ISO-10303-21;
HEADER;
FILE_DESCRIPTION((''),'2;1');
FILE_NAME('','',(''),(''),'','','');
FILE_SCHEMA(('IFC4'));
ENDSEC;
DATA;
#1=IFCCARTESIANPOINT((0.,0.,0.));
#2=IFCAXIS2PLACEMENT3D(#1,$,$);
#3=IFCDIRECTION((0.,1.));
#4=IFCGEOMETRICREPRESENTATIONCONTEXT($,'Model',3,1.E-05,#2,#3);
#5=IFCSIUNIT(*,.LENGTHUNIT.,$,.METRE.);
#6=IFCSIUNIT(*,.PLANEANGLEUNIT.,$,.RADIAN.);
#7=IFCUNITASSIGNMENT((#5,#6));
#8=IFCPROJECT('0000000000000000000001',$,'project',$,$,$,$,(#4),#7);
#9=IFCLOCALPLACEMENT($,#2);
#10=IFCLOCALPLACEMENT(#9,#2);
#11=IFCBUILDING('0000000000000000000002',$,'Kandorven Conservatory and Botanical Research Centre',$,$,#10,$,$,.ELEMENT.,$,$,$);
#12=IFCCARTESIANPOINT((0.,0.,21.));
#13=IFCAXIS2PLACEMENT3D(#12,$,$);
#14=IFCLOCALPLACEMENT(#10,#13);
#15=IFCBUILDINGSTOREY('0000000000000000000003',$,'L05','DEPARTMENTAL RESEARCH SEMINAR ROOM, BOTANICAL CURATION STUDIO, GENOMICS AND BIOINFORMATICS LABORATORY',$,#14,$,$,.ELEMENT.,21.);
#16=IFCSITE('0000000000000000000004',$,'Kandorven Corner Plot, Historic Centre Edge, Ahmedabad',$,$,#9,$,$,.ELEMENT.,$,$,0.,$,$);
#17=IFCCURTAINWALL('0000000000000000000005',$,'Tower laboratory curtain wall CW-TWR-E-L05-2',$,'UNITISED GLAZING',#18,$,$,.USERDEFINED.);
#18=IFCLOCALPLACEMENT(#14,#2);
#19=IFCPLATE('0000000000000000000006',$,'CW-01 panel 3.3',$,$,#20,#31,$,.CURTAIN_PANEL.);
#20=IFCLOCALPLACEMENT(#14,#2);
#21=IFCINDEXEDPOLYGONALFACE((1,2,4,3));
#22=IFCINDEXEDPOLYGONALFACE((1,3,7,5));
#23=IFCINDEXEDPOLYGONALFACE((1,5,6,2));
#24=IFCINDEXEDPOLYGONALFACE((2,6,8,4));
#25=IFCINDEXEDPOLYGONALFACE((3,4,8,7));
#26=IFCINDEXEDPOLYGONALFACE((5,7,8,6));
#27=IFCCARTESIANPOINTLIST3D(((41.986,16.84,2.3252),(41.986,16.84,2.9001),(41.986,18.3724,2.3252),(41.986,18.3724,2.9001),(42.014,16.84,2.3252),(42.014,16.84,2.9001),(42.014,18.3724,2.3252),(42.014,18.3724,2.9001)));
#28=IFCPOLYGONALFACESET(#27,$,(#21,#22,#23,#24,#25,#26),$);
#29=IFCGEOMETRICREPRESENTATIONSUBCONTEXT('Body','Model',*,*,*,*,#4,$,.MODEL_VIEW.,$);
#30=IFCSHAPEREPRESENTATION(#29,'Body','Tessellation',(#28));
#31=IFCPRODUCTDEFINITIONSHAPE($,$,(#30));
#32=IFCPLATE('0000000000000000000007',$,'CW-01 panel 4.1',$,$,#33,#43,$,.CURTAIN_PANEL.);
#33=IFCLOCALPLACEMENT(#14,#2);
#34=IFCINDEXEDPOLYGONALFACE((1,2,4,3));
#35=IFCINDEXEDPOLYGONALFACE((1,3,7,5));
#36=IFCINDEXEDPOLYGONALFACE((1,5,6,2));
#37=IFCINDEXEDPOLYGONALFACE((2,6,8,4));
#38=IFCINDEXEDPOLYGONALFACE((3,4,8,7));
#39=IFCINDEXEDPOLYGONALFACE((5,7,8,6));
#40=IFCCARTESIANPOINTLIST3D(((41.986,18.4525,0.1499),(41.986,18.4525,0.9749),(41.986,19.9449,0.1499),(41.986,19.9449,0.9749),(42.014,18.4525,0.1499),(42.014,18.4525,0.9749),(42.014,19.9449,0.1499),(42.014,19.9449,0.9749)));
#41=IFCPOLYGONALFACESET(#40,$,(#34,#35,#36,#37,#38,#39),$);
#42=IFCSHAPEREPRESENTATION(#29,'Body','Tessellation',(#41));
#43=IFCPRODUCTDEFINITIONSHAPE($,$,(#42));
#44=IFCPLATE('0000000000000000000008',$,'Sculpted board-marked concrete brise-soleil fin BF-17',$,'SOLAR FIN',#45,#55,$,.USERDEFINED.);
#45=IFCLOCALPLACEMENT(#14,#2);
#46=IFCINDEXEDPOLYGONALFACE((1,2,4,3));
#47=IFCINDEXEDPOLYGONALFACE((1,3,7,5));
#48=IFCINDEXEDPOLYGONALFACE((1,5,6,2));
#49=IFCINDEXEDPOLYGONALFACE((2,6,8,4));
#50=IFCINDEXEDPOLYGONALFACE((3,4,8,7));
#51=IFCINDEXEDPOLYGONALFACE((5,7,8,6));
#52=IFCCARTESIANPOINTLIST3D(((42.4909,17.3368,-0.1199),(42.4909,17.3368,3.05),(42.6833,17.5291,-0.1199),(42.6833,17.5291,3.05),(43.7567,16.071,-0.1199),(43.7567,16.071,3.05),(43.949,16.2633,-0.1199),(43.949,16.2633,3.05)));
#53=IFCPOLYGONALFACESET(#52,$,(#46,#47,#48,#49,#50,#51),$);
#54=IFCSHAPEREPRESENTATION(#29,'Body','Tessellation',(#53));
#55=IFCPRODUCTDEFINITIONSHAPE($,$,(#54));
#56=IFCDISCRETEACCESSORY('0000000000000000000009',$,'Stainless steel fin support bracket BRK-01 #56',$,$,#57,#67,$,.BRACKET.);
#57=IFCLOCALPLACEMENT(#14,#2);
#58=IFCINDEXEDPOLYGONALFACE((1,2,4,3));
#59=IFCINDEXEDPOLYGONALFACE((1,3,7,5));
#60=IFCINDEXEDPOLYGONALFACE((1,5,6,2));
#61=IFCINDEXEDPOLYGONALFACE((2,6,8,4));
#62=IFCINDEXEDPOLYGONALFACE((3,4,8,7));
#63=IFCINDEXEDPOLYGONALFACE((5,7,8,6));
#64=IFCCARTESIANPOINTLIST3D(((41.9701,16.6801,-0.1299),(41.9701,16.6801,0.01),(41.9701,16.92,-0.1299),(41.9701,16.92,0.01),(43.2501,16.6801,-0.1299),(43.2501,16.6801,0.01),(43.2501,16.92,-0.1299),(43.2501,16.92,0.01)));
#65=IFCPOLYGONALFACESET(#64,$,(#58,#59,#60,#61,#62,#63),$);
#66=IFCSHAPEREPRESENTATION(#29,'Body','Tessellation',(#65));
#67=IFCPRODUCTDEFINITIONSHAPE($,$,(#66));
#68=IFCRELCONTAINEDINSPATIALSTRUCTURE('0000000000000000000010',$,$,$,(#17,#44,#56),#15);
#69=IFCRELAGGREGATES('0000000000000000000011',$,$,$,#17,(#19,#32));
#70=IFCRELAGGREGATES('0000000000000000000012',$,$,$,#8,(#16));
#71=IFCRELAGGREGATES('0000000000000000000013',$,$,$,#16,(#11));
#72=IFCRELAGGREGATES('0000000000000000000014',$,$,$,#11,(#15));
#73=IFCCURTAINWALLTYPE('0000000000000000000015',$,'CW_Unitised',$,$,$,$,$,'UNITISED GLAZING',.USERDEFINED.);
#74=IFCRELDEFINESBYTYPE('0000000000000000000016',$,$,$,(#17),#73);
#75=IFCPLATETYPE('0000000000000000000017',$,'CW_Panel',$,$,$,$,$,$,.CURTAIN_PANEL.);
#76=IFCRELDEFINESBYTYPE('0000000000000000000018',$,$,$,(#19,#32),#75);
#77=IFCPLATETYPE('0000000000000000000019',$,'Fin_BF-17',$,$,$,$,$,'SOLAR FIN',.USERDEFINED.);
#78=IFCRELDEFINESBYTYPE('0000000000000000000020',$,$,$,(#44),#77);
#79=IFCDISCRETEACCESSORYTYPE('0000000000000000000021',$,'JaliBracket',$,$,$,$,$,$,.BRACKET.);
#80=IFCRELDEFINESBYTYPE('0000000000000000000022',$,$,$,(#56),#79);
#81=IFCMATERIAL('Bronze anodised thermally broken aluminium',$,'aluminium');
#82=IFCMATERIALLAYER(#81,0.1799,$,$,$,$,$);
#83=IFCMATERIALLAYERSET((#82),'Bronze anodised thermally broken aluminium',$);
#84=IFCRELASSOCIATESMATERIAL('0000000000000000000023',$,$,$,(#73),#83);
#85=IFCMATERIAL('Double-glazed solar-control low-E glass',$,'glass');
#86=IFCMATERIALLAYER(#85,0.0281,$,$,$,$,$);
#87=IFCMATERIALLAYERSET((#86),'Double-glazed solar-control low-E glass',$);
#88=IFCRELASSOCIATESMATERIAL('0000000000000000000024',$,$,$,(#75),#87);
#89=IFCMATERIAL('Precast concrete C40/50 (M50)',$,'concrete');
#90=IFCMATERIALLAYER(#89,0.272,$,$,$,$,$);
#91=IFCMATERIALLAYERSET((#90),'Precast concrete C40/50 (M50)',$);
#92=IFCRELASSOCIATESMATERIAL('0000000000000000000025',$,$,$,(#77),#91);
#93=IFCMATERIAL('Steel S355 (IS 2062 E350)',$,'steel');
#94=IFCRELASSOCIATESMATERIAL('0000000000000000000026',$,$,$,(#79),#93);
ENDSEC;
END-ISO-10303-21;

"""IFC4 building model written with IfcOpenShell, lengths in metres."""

from ifc_helpers import new_model, si_unit, direction, frame, origin, origin_2d, place, context, subcontext, project, spatial, rectangle, extrude, material, layer, layer_set, type_object, element, aggregate, save


model = new_model("IFC4")

# Units and contexts
model_context = context("Model", 3, precision=1e-05, world=origin(), true_north=direction((0.0, 1.0)))
body_context = subcontext(model_context, "Body", "Model", "MODEL_VIEW")
ifc_project = project(units=[si_unit("LENGTHUNIT", "METRE"), si_unit("PLANEANGLEUNIT", "RADIAN")], contexts=[model_context])

# Site, building, storey
site_placement = place(None, origin())
site = spatial("IfcSite", under=ifc_project, at=site_placement, Name="Kandorven Corner Plot, Historic Centre Edge, Ahmedabad", CompositionType="ELEMENT", RefElevation=0.0)
building_placement = place(site_placement, origin())
building = spatial("IfcBuilding", under=site, at=building_placement, Name="Kandorven Conservatory and Botanical Research Centre", CompositionType="ELEMENT")
storey_placement = place(building_placement, frame((0.0, 0.0, 21.0)))
storey = spatial("IfcBuildingStorey", under=building, at=storey_placement, Name="L05", Description="DEPARTMENTAL RESEARCH SEMINAR ROOM, BOTANICAL CURATION STUDIO, GENOMICS AND BIOINFORMATICS LABORATORY", CompositionType="ELEMENT", Elevation=21.0)

# Curtain wall, plates
ifc_material_1 = material(Name="Bronze anodised thermally broken aluminium", Category="aluminium")
ifc_layer_1 = layer(ifc_material_1, 0.1799)
ifc_layer_set_1 = layer_set([ifc_layer_1], Name="Bronze anodised thermally broken aluminium")
curtain_wall_type = type_object("IfcCurtainWallType", Name="CW_Unitised", ElementType="UNITISED GLAZING", PredefinedType="USERDEFINED", material=ifc_layer_set_1)
curtain_wall_placement = place(storey_placement, origin())
curtain_wall = element("IfcCurtainWall", 1, at=curtain_wall_placement, inside=storey, type_object=curtain_wall_type, Name="Tower laboratory curtain wall CW-TWR-E-L05-2", ObjectType="UNITISED GLAZING", PredefinedType="USERDEFINED")
ifc_material_2 = material(Name="Double-glazed solar-control low-E glass", Category="glass")
ifc_layer_2 = layer(ifc_material_2, 0.0281)
ifc_layer_set_2 = layer_set([ifc_layer_2], Name="Double-glazed solar-control low-E glass")
plate_type_1 = type_object("IfcPlateType", Name="CW_Panel", PredefinedType="CURTAIN_PANEL", material=ifc_layer_set_2)
plate_1_placement = place(storey_placement, frame((42.0, 17.6062, 2.3252), z_axis=(0.0, 0.0, 1.0), x_axis=(0.0, 1.0, 0.0)))
plate_1 = element("IfcPlate", 2, at=plate_1_placement, type_object=plate_type_1, Name="CW-01 panel 3.3", PredefinedType="CURTAIN_PANEL", context=body_context, shape_type="SweptSolid", body=[
    extrude(rectangle(XDim=1.5325, YDim=0.0281, at=origin_2d()), origin(), (0.0, 0.0, 1.0), 0.575),
])
plate_2_placement = place(storey_placement, frame((42.0, 19.1987, 0.1499), z_axis=(0.0, 0.0, 1.0), x_axis=(0.0, 1.0, 0.0)))
plate_2 = element("IfcPlate", 3, at=plate_2_placement, type_object=plate_type_1, Name="CW-01 panel 4.1", PredefinedType="CURTAIN_PANEL", context=body_context, shape_type="SweptSolid", body=[
    extrude(rectangle(XDim=1.4924, YDim=0.0281, at=origin_2d()), origin(), (0.0, 0.0, 1.0), 0.825),
])
aggregate(curtain_wall, [plate_1, plate_2])

# Plate
ifc_material_3 = material(Name="Precast concrete C40/50 (M50)", Category="concrete")
ifc_layer_3 = layer(ifc_material_3, 0.272)
ifc_layer_set_3 = layer_set([ifc_layer_3], Name="Precast concrete C40/50 (M50)")
plate_type_2 = type_object("IfcPlateType", Name="Fin_BF-17", ElementType="SOLAR FIN", PredefinedType="USERDEFINED", material=ifc_layer_set_3)
plate_3_placement = place(storey_placement, frame((43.22, 16.8, -0.1199), z_axis=(0.0, 0.0, 1.0), x_axis=(-0.707107, 0.707107, 0.0)))
element("IfcPlate", 4, at=plate_3_placement, inside=storey, type_object=plate_type_2, Name="Sculpted board-marked concrete brise-soleil fin BF-17", ObjectType="SOLAR FIN", PredefinedType="USERDEFINED", context=body_context, shape_type="SweptSolid", body=[
    extrude(rectangle(XDim=1.79, YDim=0.272, at=origin_2d()), origin(), (0.0, 0.0, 1.0), 3.1699),
])

# Discrete accessory
ifc_material_4 = material(Name="Steel S355 (IS 2062 E350)", Category="steel")
discrete_accessory_type = type_object("IfcDiscreteAccessoryType", Name="JaliBracket", PredefinedType="BRACKET", material=ifc_material_4)
discrete_accessory_placement = place(storey_placement, frame((42.6101, 16.8, -0.1299), z_axis=(0.0, 0.0, 1.0), x_axis=(1.0, 0.0, 0.0)))
element("IfcDiscreteAccessory", 5, at=discrete_accessory_placement, inside=storey, type_object=discrete_accessory_type, Name="Stainless steel fin support bracket BRK-01 #56", PredefinedType="BRACKET", context=body_context, shape_type="SweptSolid", body=[
    extrude(rectangle(XDim=1.28, YDim=0.24, at=origin_2d()), origin(), (0.0, 0.0, 1.0), 0.1399),
])

save(model, "model.ifc")
